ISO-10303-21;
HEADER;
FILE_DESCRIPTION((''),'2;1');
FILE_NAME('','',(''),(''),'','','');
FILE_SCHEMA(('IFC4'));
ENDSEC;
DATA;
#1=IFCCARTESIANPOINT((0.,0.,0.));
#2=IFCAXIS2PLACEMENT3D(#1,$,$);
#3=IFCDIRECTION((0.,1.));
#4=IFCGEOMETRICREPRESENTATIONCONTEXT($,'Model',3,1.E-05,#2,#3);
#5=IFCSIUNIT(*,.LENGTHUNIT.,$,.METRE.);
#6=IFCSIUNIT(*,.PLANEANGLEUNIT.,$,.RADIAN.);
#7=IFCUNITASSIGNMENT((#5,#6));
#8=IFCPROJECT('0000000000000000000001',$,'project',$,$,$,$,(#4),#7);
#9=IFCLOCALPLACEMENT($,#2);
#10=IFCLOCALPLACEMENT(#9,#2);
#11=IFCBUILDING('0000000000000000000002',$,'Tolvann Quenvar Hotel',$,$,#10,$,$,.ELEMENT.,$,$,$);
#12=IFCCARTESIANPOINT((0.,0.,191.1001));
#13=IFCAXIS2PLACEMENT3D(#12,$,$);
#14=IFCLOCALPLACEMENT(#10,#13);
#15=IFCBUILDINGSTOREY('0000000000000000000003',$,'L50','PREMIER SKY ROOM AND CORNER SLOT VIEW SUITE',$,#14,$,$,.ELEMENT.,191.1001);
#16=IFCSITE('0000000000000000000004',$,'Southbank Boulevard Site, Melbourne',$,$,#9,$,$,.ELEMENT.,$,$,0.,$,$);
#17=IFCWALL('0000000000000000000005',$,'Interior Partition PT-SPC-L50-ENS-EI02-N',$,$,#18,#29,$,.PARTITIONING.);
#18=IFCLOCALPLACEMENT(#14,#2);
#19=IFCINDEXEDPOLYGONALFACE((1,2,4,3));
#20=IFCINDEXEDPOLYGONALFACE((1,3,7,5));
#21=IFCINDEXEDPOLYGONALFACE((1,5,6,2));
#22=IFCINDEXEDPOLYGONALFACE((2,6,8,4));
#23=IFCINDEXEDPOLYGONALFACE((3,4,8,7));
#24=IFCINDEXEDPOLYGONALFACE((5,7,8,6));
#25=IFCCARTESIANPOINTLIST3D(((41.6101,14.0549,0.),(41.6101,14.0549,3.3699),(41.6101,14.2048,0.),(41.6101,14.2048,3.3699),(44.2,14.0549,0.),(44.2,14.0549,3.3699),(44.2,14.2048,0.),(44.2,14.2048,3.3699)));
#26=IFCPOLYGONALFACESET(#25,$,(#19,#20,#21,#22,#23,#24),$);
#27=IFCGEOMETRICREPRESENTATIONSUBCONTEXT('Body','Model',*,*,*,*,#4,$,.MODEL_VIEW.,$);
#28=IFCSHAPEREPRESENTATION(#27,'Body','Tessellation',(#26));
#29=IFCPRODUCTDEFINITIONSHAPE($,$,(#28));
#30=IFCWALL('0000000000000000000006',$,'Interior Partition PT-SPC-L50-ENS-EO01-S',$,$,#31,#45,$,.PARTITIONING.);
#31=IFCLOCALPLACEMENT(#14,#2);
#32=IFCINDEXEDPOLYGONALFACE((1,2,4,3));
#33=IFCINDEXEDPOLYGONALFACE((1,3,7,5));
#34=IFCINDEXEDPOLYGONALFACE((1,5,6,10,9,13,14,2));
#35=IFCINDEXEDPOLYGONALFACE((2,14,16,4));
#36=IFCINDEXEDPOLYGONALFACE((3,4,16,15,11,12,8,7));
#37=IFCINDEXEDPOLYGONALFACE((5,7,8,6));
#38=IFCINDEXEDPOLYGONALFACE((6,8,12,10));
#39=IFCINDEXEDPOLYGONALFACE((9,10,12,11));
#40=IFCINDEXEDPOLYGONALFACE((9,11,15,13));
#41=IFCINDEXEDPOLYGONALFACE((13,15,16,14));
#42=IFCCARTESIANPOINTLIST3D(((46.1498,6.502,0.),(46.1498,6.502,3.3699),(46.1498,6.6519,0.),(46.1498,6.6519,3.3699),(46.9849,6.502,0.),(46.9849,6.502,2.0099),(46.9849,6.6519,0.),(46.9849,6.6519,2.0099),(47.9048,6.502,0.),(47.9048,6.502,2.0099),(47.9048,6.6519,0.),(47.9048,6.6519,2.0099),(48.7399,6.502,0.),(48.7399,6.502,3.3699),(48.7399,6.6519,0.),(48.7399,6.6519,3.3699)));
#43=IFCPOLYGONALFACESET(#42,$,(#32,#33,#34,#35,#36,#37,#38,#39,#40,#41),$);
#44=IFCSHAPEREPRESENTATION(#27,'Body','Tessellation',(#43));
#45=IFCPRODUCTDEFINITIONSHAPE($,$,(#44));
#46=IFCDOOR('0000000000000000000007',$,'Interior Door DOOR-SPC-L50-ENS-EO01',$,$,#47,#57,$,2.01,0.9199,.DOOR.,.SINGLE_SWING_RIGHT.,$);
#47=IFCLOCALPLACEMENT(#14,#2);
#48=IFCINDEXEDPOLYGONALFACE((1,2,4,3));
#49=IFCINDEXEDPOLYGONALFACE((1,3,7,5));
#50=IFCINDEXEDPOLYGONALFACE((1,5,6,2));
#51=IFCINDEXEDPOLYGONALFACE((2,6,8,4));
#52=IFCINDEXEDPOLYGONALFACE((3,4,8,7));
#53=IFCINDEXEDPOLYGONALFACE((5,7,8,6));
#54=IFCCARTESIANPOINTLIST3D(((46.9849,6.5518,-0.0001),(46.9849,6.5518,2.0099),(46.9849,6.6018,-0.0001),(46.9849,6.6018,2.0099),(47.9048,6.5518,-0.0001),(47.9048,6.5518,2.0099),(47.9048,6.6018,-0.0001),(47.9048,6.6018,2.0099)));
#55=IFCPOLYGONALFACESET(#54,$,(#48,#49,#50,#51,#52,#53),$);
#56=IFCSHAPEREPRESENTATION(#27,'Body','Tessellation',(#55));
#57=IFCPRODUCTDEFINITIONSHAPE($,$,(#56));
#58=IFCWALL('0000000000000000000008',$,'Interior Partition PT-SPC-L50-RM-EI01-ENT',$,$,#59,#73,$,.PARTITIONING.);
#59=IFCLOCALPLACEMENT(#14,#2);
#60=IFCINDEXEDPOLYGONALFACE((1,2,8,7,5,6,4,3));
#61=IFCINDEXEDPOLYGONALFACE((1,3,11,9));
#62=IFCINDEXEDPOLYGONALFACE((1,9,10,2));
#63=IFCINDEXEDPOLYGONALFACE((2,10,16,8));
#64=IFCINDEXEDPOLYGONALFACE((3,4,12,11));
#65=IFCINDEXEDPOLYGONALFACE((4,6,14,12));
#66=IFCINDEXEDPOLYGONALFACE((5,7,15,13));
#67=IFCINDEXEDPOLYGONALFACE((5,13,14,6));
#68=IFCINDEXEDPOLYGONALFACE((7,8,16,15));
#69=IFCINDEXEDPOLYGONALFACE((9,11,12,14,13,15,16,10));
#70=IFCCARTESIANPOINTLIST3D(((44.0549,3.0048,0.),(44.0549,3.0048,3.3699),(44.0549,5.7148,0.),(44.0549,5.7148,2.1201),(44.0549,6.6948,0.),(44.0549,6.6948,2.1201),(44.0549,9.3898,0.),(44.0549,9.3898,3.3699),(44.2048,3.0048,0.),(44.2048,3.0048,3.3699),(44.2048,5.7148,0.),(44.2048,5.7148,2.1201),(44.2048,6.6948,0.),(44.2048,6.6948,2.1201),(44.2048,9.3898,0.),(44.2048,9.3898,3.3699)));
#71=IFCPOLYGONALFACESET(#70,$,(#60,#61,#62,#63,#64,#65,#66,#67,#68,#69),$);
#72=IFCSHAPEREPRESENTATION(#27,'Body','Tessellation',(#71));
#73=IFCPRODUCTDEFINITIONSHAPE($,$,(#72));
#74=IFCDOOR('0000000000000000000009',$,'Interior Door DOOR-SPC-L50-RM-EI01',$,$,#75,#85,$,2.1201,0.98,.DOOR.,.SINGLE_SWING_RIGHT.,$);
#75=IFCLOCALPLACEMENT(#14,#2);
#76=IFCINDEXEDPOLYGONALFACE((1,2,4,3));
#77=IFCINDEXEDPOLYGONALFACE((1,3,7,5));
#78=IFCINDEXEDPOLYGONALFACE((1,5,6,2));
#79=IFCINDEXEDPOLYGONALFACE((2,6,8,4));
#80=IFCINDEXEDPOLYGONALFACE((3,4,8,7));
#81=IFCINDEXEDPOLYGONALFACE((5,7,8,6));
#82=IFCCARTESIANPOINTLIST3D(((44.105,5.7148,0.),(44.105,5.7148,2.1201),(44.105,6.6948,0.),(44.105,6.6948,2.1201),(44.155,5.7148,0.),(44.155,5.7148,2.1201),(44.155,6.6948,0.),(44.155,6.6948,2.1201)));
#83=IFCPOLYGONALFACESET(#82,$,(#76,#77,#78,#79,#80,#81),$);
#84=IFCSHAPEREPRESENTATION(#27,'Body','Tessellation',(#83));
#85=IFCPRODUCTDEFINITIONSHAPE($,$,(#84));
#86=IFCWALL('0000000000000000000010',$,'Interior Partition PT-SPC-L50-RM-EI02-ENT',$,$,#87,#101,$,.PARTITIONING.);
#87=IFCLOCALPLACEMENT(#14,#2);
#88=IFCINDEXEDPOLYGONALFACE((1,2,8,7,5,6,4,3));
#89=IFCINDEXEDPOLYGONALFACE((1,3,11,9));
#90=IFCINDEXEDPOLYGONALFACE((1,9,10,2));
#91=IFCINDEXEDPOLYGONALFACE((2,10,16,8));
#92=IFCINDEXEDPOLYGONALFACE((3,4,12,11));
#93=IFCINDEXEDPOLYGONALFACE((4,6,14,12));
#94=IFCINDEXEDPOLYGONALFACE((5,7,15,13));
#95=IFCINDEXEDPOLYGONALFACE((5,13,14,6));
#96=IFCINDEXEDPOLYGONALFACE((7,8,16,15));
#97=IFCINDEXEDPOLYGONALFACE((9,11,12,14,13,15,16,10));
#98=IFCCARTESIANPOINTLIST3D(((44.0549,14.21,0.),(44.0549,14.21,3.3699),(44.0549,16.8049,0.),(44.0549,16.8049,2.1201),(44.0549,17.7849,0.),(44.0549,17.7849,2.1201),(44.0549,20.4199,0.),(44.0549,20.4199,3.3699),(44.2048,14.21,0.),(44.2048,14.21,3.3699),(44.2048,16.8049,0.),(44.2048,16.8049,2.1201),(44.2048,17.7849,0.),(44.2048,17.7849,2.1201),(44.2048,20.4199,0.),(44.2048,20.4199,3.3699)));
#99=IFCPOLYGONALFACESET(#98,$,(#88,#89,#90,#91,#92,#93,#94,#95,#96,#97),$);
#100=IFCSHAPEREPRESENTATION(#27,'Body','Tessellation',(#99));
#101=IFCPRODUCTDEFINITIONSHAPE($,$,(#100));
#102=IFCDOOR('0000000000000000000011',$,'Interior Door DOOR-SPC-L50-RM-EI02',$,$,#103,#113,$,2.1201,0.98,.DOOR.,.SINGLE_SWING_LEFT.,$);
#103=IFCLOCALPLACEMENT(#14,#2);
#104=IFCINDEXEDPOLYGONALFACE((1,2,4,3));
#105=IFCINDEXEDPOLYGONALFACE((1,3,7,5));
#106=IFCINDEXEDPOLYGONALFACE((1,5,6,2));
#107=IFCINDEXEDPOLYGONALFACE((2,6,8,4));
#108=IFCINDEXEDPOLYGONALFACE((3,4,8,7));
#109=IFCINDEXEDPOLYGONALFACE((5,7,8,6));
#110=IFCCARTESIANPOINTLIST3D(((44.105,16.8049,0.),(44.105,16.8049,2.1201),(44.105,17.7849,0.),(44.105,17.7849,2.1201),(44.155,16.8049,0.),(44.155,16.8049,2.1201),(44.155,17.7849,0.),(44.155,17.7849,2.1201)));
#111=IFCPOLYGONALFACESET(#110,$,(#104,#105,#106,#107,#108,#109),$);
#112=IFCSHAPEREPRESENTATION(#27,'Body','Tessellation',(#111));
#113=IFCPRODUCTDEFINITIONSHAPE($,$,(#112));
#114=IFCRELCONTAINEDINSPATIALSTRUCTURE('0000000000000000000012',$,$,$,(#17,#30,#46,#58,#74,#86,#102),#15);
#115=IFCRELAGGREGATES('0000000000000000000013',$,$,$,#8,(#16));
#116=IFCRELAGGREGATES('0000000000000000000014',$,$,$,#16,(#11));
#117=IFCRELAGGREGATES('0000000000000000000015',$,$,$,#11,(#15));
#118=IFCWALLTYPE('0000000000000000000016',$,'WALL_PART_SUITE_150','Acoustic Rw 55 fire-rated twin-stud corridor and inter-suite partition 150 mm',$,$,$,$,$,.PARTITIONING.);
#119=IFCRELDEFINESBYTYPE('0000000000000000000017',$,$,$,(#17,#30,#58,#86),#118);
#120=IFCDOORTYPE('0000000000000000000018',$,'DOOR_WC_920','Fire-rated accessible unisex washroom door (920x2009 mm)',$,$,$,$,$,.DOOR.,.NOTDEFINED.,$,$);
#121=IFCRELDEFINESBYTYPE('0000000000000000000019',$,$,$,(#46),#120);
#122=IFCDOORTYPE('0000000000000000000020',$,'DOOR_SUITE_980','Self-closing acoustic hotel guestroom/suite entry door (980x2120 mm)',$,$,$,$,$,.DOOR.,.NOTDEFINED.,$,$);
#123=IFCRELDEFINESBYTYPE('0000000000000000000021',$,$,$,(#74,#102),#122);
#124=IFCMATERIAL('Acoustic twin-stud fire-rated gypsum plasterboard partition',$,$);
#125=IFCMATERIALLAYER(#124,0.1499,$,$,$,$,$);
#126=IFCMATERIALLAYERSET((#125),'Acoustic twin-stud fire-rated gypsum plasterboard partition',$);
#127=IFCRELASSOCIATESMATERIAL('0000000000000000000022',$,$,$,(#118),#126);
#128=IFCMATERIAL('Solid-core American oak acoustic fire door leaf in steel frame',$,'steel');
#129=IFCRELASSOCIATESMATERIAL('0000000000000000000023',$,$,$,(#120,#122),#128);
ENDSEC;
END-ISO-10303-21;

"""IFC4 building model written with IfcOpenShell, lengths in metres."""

from ifc_helpers import new_model, si_unit, direction, frame, frame_2d, origin, place, context, subcontext, project, spatial, rectangle, extrude, source, transform, mapped, material, layer, layer_set, type_object, type_shapes, element, fill, save


model = new_model("IFC4")

# Units and contexts
model_context = context("Model", 3, precision=1e-05, world=origin(), true_north=direction((0.0, 1.0)))
body_context = subcontext(model_context, "Body", "Model", "MODEL_VIEW")
ifc_project = project(units=[si_unit("LENGTHUNIT", "METRE"), si_unit("PLANEANGLEUNIT", "RADIAN")], contexts=[model_context])

# Site, building, storey
site_placement = place(None, origin())
site = spatial("IfcSite", under=ifc_project, at=site_placement, Name="Southbank Boulevard Site, Melbourne", CompositionType="ELEMENT", RefElevation=0.0)
building_placement = place(site_placement, origin())
building = spatial("IfcBuilding", under=site, at=building_placement, Name="Tolvann Quenvar Hotel", CompositionType="ELEMENT")
storey_placement = place(building_placement, frame((0.0, 0.0, 191.1001)))
storey = spatial("IfcBuildingStorey", under=building, at=storey_placement, Name="L50", Description="PREMIER SKY ROOM AND CORNER SLOT VIEW SUITE", CompositionType="ELEMENT", Elevation=191.1001)

# Shared definitions
ifc_material_1 = material(Name="Acoustic twin-stud fire-rated gypsum plasterboard partition")
ifc_layer_1 = layer(ifc_material_1, 0.1499)
ifc_layer_set_1 = layer_set([ifc_layer_1], Name="Acoustic twin-stud fire-rated gypsum plasterboard partition")
wall_type_1 = type_object("IfcWallType", Name="WALL_PART_SUITE_150", Description="Acoustic Rw 55 fire-rated twin-stud corridor and inter-suite partition 150 mm", PredefinedType="PARTITIONING", material=ifc_layer_set_1)
ifc_material_2 = material(Name="Solid-core American oak acoustic fire door leaf in steel frame", Category="steel")
door_type_1 = type_object("IfcDoorType", Name="DOOR_WC_920", Description="Fire-rated accessible unisex washroom door (920x2009 mm)", OperationType="NOTDEFINED", PredefinedType="DOOR", material=ifc_material_2)
shared_shape_1 = source(origin(), body_context, "Body", "SweptSolid", [
    extrude(rectangle(XDim=0.9199, YDim=2.01, at=frame_2d((0.46, 1.0049))), frame((0.0, 0.0249, 0.0), z_axis=(0.0, -1.0, 0.0), x_axis=(1.0, 0.0, 0.0)), (0.0, 0.0, 1.0), 0.05),
])
type_shapes(door_type_1, [shared_shape_1])

# Wall
wall_1_placement = place(storey_placement, frame((41.6101, 14.1299, 0.0), z_axis=(0.0, 0.0, 1.0), x_axis=(1.0, 0.0, 0.0)))
element("IfcWall", 1, at=wall_1_placement, inside=storey, type_object=wall_type_1, Name="Interior Partition PT-SPC-L50-ENS-EI02-N", PredefinedType="PARTITIONING", context=body_context, shape_type="SweptSolid", body=[
    extrude(rectangle(XDim=2.5898, YDim=0.1499, at=frame_2d((1.2949, 0.0))), origin(), (0.0, 0.0, 1.0), 3.3699),
])

# Walls, openings, doors
wall_2_placement = place(storey_placement, frame((46.1499, 6.5769, 0.0), z_axis=(0.0, 0.0, 1.0), x_axis=(1.0, 0.0, 0.0)))
wall_2 = element("IfcWall", 2, at=wall_2_placement, inside=storey, type_object=wall_type_1, Name="Interior Partition PT-SPC-L50-ENS-EO01-S", PredefinedType="PARTITIONING", context=body_context, shape_type="SweptSolid", body=[
    extrude(rectangle(XDim=2.5901, YDim=0.1499, at=frame_2d((1.2949, 0.0))), origin(), (0.0, 0.0, 1.0), 3.3699),
])
opening_1_placement = place(wall_2_placement, frame((0.835, 0.0, 0.0)))
opening_1 = element("IfcOpeningElement", 3, at=opening_1_placement, cuts=wall_2, PredefinedType="OPENING", context=body_context, shape_type="SweptSolid", body=[
    extrude(rectangle(XDim=0.9199, YDim=2.01, at=frame_2d((0.46, 1.0049))), frame((0.0, 0.085, 0.0), z_axis=(0.0, -1.0, 0.0), x_axis=(1.0, 0.0, 0.0)), (0.0, 0.0, 1.0), 0.1699),
])
door_1_placement = place(opening_1_placement, origin())
door_1 = element("IfcDoor", 4, at=door_1_placement, inside=storey, type_object=door_type_1, Name="Interior Door DOOR-SPC-L50-ENS-EO01", OperationType="SINGLE_SWING_RIGHT", OverallHeight=2.01, OverallWidth=0.9199, PredefinedType="DOOR", context=body_context, shape_type="MappedRepresentation", body=[
    mapped(shared_shape_1, transform((0.0, 0.0, 0.0), x_axis=(1.0, 0.0, 0.0), y_axis=(0.0, 1.0, 0.0), z_axis=(0.0, 0.0, 1.0), scale=1.0)),
])
fill(opening_1, door_1)
wall_3_placement = place(storey_placement, frame((44.1299, 3.0049, 0.0), z_axis=(0.0, 0.0, 1.0), x_axis=(0.0, 1.0, 0.0)))
wall_3 = element("IfcWall", 5, at=wall_3_placement, inside=storey, type_object=wall_type_1, Name="Interior Partition PT-SPC-L50-RM-EI01-ENT", PredefinedType="PARTITIONING", context=body_context, shape_type="SweptSolid", body=[
    extrude(rectangle(XDim=6.385, YDim=0.1499, at=frame_2d((3.1924, 0.0))), origin(), (0.0, 0.0, 1.0), 3.3699),
])
opening_2_placement = place(wall_3_placement, frame((2.71, 0.0, 0.0)))
opening_2 = element("IfcOpeningElement", 6, at=opening_2_placement, cuts=wall_3, PredefinedType="OPENING", context=body_context, shape_type="SweptSolid", body=[
    extrude(rectangle(XDim=0.98, YDim=2.1201, at=frame_2d((0.49, 1.0601))), frame((0.0, 0.085, 0.0), z_axis=(0.0, -1.0, 0.0), x_axis=(1.0, 0.0, 0.0)), (0.0, 0.0, 1.0), 0.1699),
])
door_type_2 = type_object("IfcDoorType", Name="DOOR_SUITE_980", Description="Self-closing acoustic hotel guestroom/suite entry door (980x2120 mm)", OperationType="NOTDEFINED", PredefinedType="DOOR", material=ifc_material_2)
shared_shape_2 = source(origin(), body_context, "Body", "SweptSolid", [
    extrude(rectangle(XDim=0.98, YDim=2.1201, at=frame_2d((0.49, 1.0601))), frame((0.0, 0.0249, 0.0), z_axis=(0.0, -1.0, 0.0), x_axis=(1.0, 0.0, 0.0)), (0.0, 0.0, 1.0), 0.05),
])
type_shapes(door_type_2, [shared_shape_2])
door_2_placement = place(opening_2_placement, origin())
door_2 = element("IfcDoor", 7, at=door_2_placement, inside=storey, type_object=door_type_2, Name="Interior Door DOOR-SPC-L50-RM-EI01", OperationType="SINGLE_SWING_RIGHT", OverallHeight=2.1201, OverallWidth=0.98, PredefinedType="DOOR", context=body_context, shape_type="MappedRepresentation", body=[
    mapped(shared_shape_2, transform((0.0, 0.0, 0.0), x_axis=(1.0, 0.0, 0.0), y_axis=(0.0, 1.0, 0.0), z_axis=(0.0, 0.0, 1.0), scale=1.0)),
])
fill(opening_2, door_2)
wall_4_placement = place(storey_placement, frame((44.1299, 14.21, 0.0), z_axis=(0.0, 0.0, 1.0), x_axis=(0.0, 1.0, 0.0)))
wall_4 = element("IfcWall", 8, at=wall_4_placement, inside=storey, type_object=wall_type_1, Name="Interior Partition PT-SPC-L50-RM-EI02-ENT", PredefinedType="PARTITIONING", context=body_context, shape_type="SweptSolid", body=[
    extrude(rectangle(XDim=6.21, YDim=0.1499, at=frame_2d((3.105, 0.0))), origin(), (0.0, 0.0, 1.0), 3.3699),
])
opening_3_placement = place(wall_4_placement, frame((2.595, 0.0, 0.0)))
opening_3 = element("IfcOpeningElement", 9, at=opening_3_placement, cuts=wall_4, PredefinedType="OPENING", context=body_context, shape_type="SweptSolid", body=[
    extrude(rectangle(XDim=0.98, YDim=2.1201, at=frame_2d((0.49, 1.0601))), frame((0.0, 0.085, 0.0), z_axis=(0.0, -1.0, 0.0), x_axis=(1.0, 0.0, 0.0)), (0.0, 0.0, 1.0), 0.1699),
])
door_3_placement = place(opening_3_placement, origin())
door_3 = element("IfcDoor", 10, at=door_3_placement, inside=storey, type_object=door_type_2, Name="Interior Door DOOR-SPC-L50-RM-EI02", OperationType="SINGLE_SWING_LEFT", OverallHeight=2.1201, OverallWidth=0.98, PredefinedType="DOOR", context=body_context, shape_type="MappedRepresentation", body=[
    mapped(shared_shape_2, transform((0.0, 0.0, 0.0), x_axis=(1.0, 0.0, 0.0), y_axis=(0.0, 1.0, 0.0), z_axis=(0.0, 0.0, 1.0), scale=1.0)),
])
fill(opening_3, door_3)

save(model, "model.ifc")
